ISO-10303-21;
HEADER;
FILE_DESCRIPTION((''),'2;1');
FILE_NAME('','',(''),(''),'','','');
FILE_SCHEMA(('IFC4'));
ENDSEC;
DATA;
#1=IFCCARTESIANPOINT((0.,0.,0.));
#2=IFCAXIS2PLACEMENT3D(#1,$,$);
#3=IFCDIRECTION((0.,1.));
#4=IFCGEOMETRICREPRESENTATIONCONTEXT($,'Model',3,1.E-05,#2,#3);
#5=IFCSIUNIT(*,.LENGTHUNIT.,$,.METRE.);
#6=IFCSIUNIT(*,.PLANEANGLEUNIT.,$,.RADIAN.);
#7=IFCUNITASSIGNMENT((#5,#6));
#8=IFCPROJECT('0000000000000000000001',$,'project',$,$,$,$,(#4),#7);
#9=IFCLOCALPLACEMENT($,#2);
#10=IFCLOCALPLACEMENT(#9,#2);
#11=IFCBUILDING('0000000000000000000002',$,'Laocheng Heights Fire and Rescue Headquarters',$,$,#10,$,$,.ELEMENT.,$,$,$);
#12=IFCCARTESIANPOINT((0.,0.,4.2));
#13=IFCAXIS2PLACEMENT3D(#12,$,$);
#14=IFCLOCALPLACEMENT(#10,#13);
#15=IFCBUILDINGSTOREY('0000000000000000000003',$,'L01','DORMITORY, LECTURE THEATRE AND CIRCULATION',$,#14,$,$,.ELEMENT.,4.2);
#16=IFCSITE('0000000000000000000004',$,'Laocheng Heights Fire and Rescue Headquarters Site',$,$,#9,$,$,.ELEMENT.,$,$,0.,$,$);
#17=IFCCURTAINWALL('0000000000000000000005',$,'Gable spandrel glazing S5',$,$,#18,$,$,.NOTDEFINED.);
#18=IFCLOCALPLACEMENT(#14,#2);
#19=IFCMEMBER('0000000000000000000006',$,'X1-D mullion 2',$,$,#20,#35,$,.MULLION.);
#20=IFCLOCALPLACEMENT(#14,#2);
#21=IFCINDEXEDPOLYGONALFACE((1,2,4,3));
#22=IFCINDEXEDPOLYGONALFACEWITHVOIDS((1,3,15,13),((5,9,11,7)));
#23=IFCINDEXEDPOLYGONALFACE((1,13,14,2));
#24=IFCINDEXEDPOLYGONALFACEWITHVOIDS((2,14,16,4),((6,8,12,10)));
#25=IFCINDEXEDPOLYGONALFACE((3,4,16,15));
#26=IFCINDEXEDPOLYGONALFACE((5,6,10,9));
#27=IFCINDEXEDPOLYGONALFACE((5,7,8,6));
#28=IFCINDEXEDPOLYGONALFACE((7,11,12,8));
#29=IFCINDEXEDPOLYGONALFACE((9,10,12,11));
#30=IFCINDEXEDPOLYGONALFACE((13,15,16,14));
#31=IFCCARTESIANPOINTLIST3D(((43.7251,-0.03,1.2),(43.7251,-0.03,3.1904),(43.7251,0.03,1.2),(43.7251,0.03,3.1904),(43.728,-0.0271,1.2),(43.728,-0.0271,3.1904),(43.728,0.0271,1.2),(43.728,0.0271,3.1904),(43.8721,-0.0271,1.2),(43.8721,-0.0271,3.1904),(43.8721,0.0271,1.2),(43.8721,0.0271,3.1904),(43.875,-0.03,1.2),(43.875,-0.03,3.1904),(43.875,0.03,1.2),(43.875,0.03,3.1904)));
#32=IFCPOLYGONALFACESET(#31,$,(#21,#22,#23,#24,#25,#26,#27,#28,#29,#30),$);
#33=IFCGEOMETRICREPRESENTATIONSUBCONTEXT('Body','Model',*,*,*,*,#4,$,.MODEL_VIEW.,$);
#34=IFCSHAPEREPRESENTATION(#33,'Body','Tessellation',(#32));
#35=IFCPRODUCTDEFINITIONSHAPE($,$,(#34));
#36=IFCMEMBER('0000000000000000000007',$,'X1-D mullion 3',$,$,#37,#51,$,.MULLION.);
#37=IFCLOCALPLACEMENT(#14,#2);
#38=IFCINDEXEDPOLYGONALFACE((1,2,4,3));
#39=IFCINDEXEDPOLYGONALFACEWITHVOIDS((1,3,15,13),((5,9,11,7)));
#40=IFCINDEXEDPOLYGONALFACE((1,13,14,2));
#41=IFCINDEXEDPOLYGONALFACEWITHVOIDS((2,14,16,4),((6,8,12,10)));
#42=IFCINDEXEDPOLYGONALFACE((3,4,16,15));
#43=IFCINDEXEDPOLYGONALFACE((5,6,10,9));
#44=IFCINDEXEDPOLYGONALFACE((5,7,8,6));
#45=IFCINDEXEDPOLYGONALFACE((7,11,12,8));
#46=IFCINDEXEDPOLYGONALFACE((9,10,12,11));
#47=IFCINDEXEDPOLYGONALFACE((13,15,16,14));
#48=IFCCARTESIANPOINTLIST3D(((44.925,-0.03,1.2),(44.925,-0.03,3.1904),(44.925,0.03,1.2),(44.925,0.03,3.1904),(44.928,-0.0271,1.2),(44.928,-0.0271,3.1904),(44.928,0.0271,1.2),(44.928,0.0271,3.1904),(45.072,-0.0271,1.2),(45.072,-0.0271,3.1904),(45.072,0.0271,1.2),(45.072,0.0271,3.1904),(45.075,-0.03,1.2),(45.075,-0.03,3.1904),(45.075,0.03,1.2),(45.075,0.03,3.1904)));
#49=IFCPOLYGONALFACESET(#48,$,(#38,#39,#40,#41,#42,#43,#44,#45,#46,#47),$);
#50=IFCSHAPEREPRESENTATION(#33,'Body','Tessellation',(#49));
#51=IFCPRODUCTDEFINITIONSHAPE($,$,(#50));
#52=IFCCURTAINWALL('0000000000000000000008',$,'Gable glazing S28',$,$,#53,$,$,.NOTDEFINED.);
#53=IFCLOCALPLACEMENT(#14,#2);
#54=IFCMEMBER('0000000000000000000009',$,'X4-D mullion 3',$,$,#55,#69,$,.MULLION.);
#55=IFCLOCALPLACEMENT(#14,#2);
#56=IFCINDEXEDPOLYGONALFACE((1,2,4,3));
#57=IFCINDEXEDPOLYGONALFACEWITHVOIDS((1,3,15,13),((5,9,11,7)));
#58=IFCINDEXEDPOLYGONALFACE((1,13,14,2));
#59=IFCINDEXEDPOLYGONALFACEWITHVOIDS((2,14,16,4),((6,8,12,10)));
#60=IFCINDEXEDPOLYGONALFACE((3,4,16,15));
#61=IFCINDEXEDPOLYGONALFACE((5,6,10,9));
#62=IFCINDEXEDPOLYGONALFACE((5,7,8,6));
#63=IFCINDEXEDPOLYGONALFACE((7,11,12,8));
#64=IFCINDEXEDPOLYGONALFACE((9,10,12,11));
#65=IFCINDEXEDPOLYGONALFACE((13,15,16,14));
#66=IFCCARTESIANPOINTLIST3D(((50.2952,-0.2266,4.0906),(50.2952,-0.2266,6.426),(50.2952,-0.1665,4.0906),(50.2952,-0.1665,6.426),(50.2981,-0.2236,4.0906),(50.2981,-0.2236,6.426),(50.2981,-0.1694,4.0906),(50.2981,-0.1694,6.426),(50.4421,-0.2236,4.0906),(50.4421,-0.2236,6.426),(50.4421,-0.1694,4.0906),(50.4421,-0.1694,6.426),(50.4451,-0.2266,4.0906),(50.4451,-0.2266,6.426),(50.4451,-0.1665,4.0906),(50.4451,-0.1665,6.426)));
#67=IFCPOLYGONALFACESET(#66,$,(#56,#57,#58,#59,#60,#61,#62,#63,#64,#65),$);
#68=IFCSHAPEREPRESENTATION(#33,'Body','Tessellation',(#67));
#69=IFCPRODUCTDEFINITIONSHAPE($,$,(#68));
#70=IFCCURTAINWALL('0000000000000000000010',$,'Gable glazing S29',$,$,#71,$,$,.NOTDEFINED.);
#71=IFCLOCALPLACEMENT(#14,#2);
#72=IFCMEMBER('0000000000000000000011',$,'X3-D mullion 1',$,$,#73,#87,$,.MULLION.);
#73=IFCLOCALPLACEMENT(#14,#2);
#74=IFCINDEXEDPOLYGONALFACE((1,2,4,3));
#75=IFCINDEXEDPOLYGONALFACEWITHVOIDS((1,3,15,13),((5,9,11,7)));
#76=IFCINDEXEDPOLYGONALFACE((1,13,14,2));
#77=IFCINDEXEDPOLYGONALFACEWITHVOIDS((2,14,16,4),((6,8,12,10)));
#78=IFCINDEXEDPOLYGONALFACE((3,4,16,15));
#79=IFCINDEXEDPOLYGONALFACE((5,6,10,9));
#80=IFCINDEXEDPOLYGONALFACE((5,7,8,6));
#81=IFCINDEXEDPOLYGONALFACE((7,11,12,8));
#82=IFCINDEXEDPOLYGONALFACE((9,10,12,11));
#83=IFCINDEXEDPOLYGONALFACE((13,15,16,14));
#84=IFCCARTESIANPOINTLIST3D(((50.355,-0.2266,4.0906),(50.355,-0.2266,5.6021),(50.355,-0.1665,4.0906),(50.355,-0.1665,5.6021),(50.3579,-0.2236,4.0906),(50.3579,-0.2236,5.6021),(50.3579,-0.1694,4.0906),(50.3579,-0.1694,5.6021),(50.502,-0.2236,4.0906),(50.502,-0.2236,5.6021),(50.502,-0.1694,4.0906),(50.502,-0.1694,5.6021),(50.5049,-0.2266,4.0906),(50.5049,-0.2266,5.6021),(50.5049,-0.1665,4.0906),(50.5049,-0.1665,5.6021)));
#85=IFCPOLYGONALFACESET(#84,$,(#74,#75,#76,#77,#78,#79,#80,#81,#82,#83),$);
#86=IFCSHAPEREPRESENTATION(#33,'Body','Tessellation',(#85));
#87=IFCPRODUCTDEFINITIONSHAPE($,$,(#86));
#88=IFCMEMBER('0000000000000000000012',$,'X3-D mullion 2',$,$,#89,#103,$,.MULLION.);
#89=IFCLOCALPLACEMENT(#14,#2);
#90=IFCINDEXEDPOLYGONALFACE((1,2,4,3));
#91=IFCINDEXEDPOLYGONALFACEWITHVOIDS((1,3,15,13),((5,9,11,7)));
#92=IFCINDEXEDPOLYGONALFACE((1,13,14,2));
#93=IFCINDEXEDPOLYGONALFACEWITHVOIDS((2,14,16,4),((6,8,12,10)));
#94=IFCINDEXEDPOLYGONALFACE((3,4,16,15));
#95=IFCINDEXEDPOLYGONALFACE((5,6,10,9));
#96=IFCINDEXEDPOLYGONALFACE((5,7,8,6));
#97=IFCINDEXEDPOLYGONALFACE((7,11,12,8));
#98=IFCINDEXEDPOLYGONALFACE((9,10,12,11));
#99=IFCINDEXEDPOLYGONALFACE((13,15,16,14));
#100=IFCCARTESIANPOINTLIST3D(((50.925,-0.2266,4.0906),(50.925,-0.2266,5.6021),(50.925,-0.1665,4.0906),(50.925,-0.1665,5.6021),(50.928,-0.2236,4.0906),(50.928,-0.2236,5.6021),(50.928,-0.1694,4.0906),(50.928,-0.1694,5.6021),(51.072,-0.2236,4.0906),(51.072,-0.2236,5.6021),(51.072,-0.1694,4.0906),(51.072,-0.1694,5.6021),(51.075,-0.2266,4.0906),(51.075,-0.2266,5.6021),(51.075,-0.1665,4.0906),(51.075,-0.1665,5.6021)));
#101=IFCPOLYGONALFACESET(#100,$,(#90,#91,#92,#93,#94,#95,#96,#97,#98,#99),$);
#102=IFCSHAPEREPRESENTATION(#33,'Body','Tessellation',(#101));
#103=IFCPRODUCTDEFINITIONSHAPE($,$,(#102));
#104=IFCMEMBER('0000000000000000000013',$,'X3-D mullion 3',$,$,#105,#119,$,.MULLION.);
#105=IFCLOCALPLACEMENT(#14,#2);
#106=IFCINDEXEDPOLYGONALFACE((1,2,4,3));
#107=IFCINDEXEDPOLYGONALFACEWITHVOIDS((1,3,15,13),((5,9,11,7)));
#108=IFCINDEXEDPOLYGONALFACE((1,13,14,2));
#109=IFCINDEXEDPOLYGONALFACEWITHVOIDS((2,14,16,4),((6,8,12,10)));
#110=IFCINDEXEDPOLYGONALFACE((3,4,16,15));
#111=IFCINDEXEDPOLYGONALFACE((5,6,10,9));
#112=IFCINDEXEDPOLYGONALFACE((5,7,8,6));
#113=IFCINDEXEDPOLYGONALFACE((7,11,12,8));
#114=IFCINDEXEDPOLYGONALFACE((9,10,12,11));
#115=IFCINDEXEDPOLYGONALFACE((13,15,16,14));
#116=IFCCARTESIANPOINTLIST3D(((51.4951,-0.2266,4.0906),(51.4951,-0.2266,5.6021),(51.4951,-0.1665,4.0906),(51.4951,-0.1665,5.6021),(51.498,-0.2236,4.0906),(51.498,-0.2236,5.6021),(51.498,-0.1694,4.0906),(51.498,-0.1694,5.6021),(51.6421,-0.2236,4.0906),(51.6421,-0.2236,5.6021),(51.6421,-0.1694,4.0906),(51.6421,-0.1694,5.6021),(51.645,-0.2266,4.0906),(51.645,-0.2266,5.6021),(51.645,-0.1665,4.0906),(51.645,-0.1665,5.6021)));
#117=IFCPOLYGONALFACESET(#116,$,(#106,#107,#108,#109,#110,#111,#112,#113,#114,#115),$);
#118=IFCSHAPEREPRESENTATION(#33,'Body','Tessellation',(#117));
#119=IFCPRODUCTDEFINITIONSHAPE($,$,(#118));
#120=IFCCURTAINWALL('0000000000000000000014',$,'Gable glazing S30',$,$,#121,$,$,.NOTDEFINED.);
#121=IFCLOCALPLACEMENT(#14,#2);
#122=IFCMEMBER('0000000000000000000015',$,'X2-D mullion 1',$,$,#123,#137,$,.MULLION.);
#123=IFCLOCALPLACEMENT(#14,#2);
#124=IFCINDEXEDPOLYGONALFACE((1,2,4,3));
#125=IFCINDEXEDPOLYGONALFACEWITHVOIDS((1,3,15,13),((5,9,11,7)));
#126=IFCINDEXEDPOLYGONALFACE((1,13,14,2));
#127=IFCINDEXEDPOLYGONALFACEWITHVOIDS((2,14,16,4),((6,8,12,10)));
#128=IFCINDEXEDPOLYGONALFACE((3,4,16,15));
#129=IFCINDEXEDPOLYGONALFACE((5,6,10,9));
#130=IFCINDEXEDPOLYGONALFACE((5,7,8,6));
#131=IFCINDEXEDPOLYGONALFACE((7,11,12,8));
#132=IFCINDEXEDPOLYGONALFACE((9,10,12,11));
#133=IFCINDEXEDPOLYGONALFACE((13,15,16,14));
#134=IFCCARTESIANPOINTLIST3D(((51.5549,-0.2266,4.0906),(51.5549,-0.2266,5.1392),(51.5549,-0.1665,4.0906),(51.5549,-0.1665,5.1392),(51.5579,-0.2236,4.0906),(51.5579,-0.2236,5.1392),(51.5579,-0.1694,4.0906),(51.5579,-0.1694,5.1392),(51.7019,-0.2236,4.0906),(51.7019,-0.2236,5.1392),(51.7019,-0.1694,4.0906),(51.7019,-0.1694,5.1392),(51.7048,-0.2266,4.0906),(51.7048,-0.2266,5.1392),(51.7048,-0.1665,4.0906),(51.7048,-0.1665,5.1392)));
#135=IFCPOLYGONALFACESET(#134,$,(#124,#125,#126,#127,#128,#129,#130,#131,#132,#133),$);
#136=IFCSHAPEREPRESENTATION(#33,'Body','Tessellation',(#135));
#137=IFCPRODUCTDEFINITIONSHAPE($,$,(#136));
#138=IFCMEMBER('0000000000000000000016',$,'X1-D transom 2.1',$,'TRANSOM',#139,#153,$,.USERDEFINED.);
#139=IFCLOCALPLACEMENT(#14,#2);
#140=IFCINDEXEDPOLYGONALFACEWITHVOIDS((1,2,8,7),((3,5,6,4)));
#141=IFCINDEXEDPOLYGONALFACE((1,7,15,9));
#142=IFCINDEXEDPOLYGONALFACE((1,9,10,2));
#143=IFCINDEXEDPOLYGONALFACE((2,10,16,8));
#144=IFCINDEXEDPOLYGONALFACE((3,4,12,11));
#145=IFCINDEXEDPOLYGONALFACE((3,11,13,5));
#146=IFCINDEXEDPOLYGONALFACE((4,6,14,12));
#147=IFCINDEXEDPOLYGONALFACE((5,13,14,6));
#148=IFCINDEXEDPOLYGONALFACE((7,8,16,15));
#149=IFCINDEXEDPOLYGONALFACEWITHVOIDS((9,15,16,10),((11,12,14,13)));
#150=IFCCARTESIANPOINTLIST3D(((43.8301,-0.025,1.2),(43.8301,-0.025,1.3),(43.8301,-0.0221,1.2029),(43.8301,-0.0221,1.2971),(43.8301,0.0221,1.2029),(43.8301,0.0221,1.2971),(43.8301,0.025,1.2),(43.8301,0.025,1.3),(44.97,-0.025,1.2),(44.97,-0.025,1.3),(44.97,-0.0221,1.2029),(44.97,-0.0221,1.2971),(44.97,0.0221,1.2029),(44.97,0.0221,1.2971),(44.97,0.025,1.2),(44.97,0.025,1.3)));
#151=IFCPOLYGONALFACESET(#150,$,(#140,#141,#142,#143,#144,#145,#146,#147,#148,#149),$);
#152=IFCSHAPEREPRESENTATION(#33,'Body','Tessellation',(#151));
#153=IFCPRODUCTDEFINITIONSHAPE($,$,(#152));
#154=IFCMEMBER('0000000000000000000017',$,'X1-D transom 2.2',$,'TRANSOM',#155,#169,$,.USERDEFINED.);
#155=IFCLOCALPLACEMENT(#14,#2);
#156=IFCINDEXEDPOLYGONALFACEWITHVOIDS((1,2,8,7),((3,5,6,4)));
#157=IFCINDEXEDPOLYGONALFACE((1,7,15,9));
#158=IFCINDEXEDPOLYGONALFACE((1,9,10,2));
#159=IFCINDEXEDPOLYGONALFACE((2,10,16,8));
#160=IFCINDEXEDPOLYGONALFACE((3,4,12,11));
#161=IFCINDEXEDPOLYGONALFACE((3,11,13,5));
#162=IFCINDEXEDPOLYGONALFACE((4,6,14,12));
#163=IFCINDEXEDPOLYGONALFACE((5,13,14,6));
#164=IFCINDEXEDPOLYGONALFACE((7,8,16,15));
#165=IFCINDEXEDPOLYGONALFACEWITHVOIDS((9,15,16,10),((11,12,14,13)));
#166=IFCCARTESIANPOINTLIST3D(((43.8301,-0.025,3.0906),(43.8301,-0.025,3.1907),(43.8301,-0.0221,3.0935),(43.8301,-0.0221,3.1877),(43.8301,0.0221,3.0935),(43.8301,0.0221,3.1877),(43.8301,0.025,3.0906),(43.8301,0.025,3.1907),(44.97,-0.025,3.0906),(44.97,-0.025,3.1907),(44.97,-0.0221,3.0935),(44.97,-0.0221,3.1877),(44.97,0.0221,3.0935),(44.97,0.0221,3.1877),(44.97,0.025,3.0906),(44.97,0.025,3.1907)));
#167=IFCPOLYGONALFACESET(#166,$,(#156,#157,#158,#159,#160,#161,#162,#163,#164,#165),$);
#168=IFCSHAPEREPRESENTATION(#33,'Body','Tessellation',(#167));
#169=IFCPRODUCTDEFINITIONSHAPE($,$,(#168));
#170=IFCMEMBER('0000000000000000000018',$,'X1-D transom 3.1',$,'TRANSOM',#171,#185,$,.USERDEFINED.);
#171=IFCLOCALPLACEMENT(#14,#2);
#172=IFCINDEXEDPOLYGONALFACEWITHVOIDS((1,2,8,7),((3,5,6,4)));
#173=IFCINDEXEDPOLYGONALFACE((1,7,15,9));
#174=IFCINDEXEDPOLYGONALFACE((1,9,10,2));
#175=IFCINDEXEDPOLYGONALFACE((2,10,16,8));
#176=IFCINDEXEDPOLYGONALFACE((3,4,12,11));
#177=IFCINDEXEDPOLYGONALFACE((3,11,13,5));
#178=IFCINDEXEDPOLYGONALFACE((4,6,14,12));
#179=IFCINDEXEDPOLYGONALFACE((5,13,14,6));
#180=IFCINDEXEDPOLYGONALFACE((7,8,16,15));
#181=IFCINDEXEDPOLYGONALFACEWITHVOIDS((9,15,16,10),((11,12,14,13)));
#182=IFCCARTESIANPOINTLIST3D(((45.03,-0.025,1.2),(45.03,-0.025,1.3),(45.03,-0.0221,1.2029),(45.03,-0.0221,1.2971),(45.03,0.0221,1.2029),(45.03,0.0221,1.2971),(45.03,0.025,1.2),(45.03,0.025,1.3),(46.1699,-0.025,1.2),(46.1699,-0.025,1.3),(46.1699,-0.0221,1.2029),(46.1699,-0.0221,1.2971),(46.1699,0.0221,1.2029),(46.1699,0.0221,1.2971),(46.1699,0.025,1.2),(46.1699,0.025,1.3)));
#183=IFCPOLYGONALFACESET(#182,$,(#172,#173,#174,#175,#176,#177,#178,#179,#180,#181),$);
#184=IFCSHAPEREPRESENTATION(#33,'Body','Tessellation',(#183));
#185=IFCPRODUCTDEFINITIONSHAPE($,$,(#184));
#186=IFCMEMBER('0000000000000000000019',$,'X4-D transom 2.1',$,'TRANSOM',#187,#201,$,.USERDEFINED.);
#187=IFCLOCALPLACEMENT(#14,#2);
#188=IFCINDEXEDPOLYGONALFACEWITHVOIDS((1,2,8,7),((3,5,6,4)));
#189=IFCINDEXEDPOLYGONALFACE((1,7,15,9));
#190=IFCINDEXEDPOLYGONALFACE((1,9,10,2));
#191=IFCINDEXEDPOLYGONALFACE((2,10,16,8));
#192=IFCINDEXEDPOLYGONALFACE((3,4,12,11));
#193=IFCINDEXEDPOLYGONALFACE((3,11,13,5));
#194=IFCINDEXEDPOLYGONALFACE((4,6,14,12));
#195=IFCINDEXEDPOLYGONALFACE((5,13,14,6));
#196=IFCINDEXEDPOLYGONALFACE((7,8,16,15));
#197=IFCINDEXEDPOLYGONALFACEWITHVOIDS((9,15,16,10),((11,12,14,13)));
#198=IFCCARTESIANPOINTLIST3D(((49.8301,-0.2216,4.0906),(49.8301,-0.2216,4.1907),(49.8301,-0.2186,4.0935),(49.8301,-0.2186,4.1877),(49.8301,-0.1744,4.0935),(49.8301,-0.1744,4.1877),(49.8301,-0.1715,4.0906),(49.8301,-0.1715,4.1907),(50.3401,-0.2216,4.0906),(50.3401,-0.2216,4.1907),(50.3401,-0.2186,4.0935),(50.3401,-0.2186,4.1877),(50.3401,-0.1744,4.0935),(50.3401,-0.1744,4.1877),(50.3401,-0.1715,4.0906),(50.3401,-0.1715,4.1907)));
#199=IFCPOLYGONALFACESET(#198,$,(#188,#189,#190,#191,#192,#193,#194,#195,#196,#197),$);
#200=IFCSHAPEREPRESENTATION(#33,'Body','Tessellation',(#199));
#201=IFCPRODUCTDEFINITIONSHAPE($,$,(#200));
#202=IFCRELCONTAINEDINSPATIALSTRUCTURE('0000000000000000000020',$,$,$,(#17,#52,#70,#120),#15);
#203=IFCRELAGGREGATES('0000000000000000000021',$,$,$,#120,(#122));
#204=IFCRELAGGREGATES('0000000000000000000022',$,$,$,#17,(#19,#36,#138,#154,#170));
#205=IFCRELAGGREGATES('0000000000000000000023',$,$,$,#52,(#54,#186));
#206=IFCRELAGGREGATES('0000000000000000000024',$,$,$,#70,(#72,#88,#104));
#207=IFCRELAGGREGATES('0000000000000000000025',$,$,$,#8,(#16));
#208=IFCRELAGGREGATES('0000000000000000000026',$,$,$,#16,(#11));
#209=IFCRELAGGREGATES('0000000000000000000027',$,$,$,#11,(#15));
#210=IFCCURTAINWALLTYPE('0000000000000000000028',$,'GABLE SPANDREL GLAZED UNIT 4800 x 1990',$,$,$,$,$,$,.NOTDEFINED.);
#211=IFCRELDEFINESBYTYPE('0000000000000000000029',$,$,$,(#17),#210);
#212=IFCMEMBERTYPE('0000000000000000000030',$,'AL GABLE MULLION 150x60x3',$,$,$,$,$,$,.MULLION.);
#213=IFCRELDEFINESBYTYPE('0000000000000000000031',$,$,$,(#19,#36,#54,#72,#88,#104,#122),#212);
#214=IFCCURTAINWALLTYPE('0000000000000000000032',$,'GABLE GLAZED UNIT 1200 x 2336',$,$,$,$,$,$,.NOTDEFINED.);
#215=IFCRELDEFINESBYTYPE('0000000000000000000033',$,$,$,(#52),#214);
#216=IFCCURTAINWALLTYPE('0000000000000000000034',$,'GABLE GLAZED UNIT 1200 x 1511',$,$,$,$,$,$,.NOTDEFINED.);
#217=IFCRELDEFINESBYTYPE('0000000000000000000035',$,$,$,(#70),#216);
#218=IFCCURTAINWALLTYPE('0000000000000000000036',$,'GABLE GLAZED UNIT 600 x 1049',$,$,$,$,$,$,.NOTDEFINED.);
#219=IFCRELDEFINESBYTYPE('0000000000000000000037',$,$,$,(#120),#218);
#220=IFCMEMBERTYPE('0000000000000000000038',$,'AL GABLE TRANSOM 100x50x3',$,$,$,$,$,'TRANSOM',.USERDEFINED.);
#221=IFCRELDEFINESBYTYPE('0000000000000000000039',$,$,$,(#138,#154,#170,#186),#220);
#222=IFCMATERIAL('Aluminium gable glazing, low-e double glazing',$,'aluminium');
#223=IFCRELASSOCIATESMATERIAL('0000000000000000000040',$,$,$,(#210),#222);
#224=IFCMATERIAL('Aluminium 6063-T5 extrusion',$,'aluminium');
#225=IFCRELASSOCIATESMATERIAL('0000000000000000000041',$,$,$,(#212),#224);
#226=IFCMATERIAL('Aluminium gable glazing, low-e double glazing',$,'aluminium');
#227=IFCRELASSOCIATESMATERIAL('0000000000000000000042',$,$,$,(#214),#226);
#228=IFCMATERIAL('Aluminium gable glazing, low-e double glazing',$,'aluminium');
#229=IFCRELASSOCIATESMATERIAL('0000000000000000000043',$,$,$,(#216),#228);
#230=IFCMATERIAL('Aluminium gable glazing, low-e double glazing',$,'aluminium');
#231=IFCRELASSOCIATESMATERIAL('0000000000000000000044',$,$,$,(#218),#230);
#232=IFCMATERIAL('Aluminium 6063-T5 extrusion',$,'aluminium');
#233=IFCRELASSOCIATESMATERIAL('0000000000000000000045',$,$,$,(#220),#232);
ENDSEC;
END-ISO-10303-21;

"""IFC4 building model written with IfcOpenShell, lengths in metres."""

from ifc_helpers import new_model, si_unit, direction, frame, origin, origin_2d, place, context, subcontext, project, spatial, hollow_rectangle, extrude, material, material_profile, profile_set, type_object, element, aggregate, save


model = new_model("IFC4")

# Units and contexts
model_context = context("Model", 3, precision=1e-05, world=origin(), true_north=direction((0.0, 1.0)))
body_context = subcontext(model_context, "Body", "Model", "MODEL_VIEW")
ifc_project = project(units=[si_unit("LENGTHUNIT", "METRE"), si_unit("PLANEANGLEUNIT", "RADIAN")], contexts=[model_context])

# Site, building, storey
site_placement = place(None, origin())
site = spatial("IfcSite", under=ifc_project, at=site_placement, Name="Laocheng Heights Fire and Rescue Headquarters Site", CompositionType="ELEMENT", RefElevation=0.0)
building_placement = place(site_placement, origin())
building = spatial("IfcBuilding", under=site, at=building_placement, Name="Laocheng Heights Fire and Rescue Headquarters", CompositionType="ELEMENT")
storey_placement = place(building_placement, frame((0.0, 0.0, 4.2)))
storey = spatial("IfcBuildingStorey", under=building, at=storey_placement, Name="L01", Description="DORMITORY, LECTURE THEATRE AND CIRCULATION", CompositionType="ELEMENT", Elevation=4.2)

# Curtain wall, members
ifc_material_1 = material(Name="Aluminium gable glazing, low-e double glazing", Category="aluminium")
curtain_wall_type_1 = type_object("IfcCurtainWallType", Name="GABLE SPANDREL GLAZED UNIT 4800 x 1990", PredefinedType="NOTDEFINED", material=ifc_material_1)
curtain_wall_1_placement = place(storey_placement, origin())
curtain_wall_1 = element("IfcCurtainWall", 1, at=curtain_wall_1_placement, inside=storey, type_object=curtain_wall_type_1, Name="Gable spandrel glazing S5", PredefinedType="NOTDEFINED")
ifc_material_2 = material(Name="Aluminium 6063-T5 extrusion", Category="aluminium")
ifc_material_profile_1 = material_profile(ifc_material_2, hollow_rectangle(XDim=0.0601, YDim=0.1499, WallThickness=0.0029, at=origin_2d()), Name="AL MULLION 150x60x3")
ifc_profile_set_1 = profile_set([ifc_material_profile_1], Name="Aluminium 6063-T5 extrusion")
member_type_1 = type_object("IfcMemberType", Name="AL GABLE MULLION 150x60x3", PredefinedType="MULLION", material=ifc_profile_set_1)
member_1_placement = place(storey_placement, frame((43.8, 0.0, 1.2), z_axis=(0.0, 0.0, 1.0), x_axis=(0.0, 1.0, 0.0)))
member_1 = element("IfcMember", 2, at=member_1_placement, type_object=member_type_1, Name="X1-D mullion 2", PredefinedType="MULLION", context=body_context, shape_type="SweptSolid", body=[
    extrude(hollow_rectangle(XDim=0.0601, YDim=0.1499, WallThickness=0.0029, at=origin_2d()), origin(), (0.0, 0.0, 1.0), 1.9905),
])
member_2_placement = place(storey_placement, frame((45.0, 0.0, 1.2), z_axis=(0.0, 0.0, 1.0), x_axis=(0.0, 1.0, 0.0)))
member_2 = element("IfcMember", 3, at=member_2_placement, type_object=member_type_1, Name="X1-D mullion 3", PredefinedType="MULLION", context=body_context, shape_type="SweptSolid", body=[
    extrude(hollow_rectangle(XDim=0.0601, YDim=0.1499, WallThickness=0.0029, at=origin_2d()), origin(), (0.0, 0.0, 1.0), 1.9905),
])

# Curtain wall, member
ifc_material_3 = material(Name="Aluminium gable glazing, low-e double glazing", Category="aluminium")
curtain_wall_type_2 = type_object("IfcCurtainWallType", Name="GABLE GLAZED UNIT 1200 x 2336", PredefinedType="NOTDEFINED", material=ifc_material_3)
curtain_wall_2_placement = place(storey_placement, origin())
curtain_wall_2 = element("IfcCurtainWall", 4, at=curtain_wall_2_placement, inside=storey, type_object=curtain_wall_type_2, Name="Gable glazing S28", PredefinedType="NOTDEFINED")
member_3_placement = place(storey_placement, frame((50.3701, -0.1965, 4.0906), z_axis=(0.0, 0.0, 1.0), x_axis=(0.0, 1.0, 0.0)))
member_3 = element("IfcMember", 5, at=member_3_placement, type_object=member_type_1, Name="X4-D mullion 3", PredefinedType="MULLION", context=body_context, shape_type="SweptSolid", body=[
    extrude(hollow_rectangle(XDim=0.0601, YDim=0.1499, WallThickness=0.0029, at=origin_2d()), origin(), (0.0, 0.0, 1.0), 2.3354),
])

# Curtain wall, members
ifc_material_4 = material(Name="Aluminium gable glazing, low-e double glazing", Category="aluminium")
curtain_wall_type_3 = type_object("IfcCurtainWallType", Name="GABLE GLAZED UNIT 1200 x 1511", PredefinedType="NOTDEFINED", material=ifc_material_4)
curtain_wall_3_placement = place(storey_placement, origin())
curtain_wall_3 = element("IfcCurtainWall", 6, at=curtain_wall_3_placement, inside=storey, type_object=curtain_wall_type_3, Name="Gable glazing S29", PredefinedType="NOTDEFINED")
member_4_placement = place(storey_placement, frame((50.4299, -0.1965, 4.0906), z_axis=(0.0, 0.0, 1.0), x_axis=(0.0, 1.0, 0.0)))
member_4 = element("IfcMember", 7, at=member_4_placement, type_object=member_type_1, Name="X3-D mullion 1", PredefinedType="MULLION", context=body_context, shape_type="SweptSolid", body=[
    extrude(hollow_rectangle(XDim=0.0601, YDim=0.1499, WallThickness=0.0029, at=origin_2d()), origin(), (0.0, 0.0, 1.0), 1.5115),
])
member_5_placement = place(storey_placement, frame((51.0, -0.1965, 4.0906), z_axis=(0.0, 0.0, 1.0), x_axis=(0.0, 1.0, 0.0)))
member_5 = element("IfcMember", 8, at=member_5_placement, type_object=member_type_1, Name="X3-D mullion 2", PredefinedType="MULLION", context=body_context, shape_type="SweptSolid", body=[
    extrude(hollow_rectangle(XDim=0.0601, YDim=0.1499, WallThickness=0.0029, at=origin_2d()), origin(), (0.0, 0.0, 1.0), 1.5115),
])
member_6_placement = place(storey_placement, frame((51.5701, -0.1965, 4.0906), z_axis=(0.0, 0.0, 1.0), x_axis=(0.0, 1.0, 0.0)))
member_6 = element("IfcMember", 9, at=member_6_placement, type_object=member_type_1, Name="X3-D mullion 3", PredefinedType="MULLION", context=body_context, shape_type="SweptSolid", body=[
    extrude(hollow_rectangle(XDim=0.0601, YDim=0.1499, WallThickness=0.0029, at=origin_2d()), origin(), (0.0, 0.0, 1.0), 1.5115),
])

# Curtain wall, member
ifc_material_5 = material(Name="Aluminium gable glazing, low-e double glazing", Category="aluminium")
curtain_wall_type_4 = type_object("IfcCurtainWallType", Name="GABLE GLAZED UNIT 600 x 1049", PredefinedType="NOTDEFINED", material=ifc_material_5)
curtain_wall_4_placement = place(storey_placement, origin())
curtain_wall_4 = element("IfcCurtainWall", 10, at=curtain_wall_4_placement, inside=storey, type_object=curtain_wall_type_4, Name="Gable glazing S30", PredefinedType="NOTDEFINED")
member_7_placement = place(storey_placement, frame((51.6299, -0.1965, 4.0906), z_axis=(0.0, 0.0, 1.0), x_axis=(0.0, 1.0, 0.0)))
member_7 = element("IfcMember", 11, at=member_7_placement, type_object=member_type_1, Name="X2-D mullion 1", PredefinedType="MULLION", context=body_context, shape_type="SweptSolid", body=[
    extrude(hollow_rectangle(XDim=0.0601, YDim=0.1499, WallThickness=0.0029, at=origin_2d()), origin(), (0.0, 0.0, 1.0), 1.0486),
])

# Members
ifc_material_6 = material(Name="Aluminium 6063-T5 extrusion", Category="aluminium")
ifc_material_profile_2 = material_profile(ifc_material_6, hollow_rectangle(XDim=0.05, YDim=0.1001, WallThickness=0.0029, at=origin_2d()), Name="AL TRANSOM 100x50x3")
ifc_profile_set_2 = profile_set([ifc_material_profile_2], Name="Aluminium 6063-T5 extrusion")
member_type_2 = type_object("IfcMemberType", Name="AL GABLE TRANSOM 100x50x3", ElementType="TRANSOM", PredefinedType="USERDEFINED", material=ifc_profile_set_2)
member_8_placement = place(storey_placement, frame((43.8301, 0.0, 1.25), z_axis=(1.0, 0.0, 0.0), x_axis=(0.0, 1.0, 0.0)))
member_8 = element("IfcMember", 12, at=member_8_placement, type_object=member_type_2, Name="X1-D transom 2.1", ObjectType="TRANSOM", PredefinedType="USERDEFINED", context=body_context, shape_type="SweptSolid", body=[
    extrude(hollow_rectangle(XDim=0.05, YDim=0.1001, WallThickness=0.0029, at=origin_2d()), origin(), (0.0, 0.0, 1.0), 1.1399),
])
member_9_placement = place(storey_placement, frame((43.8301, 0.0, 3.1406), z_axis=(1.0, 0.0, 0.0), x_axis=(0.0, 1.0, 0.0)))
member_9 = element("IfcMember", 13, at=member_9_placement, type_object=member_type_2, Name="X1-D transom 2.2", ObjectType="TRANSOM", PredefinedType="USERDEFINED", context=body_context, shape_type="SweptSolid", body=[
    extrude(hollow_rectangle(XDim=0.05, YDim=0.1001, WallThickness=0.0029, at=origin_2d()), origin(), (0.0, 0.0, 1.0), 1.1399),
])
member_10_placement = place(storey_placement, frame((45.03, 0.0, 1.25), z_axis=(1.0, 0.0, 0.0), x_axis=(0.0, 1.0, 0.0)))
member_10 = element("IfcMember", 14, at=member_10_placement, type_object=member_type_2, Name="X1-D transom 3.1", ObjectType="TRANSOM", PredefinedType="USERDEFINED", context=body_context, shape_type="SweptSolid", body=[
    extrude(hollow_rectangle(XDim=0.05, YDim=0.1001, WallThickness=0.0029, at=origin_2d()), origin(), (0.0, 0.0, 1.0), 1.1399),
])
member_11_placement = place(storey_placement, frame((49.8301, -0.1965, 4.1406), z_axis=(1.0, 0.0, 0.0), x_axis=(0.0, 1.0, 0.0)))
member_11 = element("IfcMember", 15, at=member_11_placement, type_object=member_type_2, Name="X4-D transom 2.1", ObjectType="TRANSOM", PredefinedType="USERDEFINED", context=body_context, shape_type="SweptSolid", body=[
    extrude(hollow_rectangle(XDim=0.05, YDim=0.1001, WallThickness=0.0029, at=origin_2d()), origin(), (0.0, 0.0, 1.0), 0.51),
])
aggregate(curtain_wall_4, [member_7])

aggregate(curtain_wall_1, [member_1, member_2, member_8, member_9, member_10])
aggregate(curtain_wall_2, [member_3, member_11])
aggregate(curtain_wall_3, [member_4, member_5, member_6])

save(model, "model.ifc")
